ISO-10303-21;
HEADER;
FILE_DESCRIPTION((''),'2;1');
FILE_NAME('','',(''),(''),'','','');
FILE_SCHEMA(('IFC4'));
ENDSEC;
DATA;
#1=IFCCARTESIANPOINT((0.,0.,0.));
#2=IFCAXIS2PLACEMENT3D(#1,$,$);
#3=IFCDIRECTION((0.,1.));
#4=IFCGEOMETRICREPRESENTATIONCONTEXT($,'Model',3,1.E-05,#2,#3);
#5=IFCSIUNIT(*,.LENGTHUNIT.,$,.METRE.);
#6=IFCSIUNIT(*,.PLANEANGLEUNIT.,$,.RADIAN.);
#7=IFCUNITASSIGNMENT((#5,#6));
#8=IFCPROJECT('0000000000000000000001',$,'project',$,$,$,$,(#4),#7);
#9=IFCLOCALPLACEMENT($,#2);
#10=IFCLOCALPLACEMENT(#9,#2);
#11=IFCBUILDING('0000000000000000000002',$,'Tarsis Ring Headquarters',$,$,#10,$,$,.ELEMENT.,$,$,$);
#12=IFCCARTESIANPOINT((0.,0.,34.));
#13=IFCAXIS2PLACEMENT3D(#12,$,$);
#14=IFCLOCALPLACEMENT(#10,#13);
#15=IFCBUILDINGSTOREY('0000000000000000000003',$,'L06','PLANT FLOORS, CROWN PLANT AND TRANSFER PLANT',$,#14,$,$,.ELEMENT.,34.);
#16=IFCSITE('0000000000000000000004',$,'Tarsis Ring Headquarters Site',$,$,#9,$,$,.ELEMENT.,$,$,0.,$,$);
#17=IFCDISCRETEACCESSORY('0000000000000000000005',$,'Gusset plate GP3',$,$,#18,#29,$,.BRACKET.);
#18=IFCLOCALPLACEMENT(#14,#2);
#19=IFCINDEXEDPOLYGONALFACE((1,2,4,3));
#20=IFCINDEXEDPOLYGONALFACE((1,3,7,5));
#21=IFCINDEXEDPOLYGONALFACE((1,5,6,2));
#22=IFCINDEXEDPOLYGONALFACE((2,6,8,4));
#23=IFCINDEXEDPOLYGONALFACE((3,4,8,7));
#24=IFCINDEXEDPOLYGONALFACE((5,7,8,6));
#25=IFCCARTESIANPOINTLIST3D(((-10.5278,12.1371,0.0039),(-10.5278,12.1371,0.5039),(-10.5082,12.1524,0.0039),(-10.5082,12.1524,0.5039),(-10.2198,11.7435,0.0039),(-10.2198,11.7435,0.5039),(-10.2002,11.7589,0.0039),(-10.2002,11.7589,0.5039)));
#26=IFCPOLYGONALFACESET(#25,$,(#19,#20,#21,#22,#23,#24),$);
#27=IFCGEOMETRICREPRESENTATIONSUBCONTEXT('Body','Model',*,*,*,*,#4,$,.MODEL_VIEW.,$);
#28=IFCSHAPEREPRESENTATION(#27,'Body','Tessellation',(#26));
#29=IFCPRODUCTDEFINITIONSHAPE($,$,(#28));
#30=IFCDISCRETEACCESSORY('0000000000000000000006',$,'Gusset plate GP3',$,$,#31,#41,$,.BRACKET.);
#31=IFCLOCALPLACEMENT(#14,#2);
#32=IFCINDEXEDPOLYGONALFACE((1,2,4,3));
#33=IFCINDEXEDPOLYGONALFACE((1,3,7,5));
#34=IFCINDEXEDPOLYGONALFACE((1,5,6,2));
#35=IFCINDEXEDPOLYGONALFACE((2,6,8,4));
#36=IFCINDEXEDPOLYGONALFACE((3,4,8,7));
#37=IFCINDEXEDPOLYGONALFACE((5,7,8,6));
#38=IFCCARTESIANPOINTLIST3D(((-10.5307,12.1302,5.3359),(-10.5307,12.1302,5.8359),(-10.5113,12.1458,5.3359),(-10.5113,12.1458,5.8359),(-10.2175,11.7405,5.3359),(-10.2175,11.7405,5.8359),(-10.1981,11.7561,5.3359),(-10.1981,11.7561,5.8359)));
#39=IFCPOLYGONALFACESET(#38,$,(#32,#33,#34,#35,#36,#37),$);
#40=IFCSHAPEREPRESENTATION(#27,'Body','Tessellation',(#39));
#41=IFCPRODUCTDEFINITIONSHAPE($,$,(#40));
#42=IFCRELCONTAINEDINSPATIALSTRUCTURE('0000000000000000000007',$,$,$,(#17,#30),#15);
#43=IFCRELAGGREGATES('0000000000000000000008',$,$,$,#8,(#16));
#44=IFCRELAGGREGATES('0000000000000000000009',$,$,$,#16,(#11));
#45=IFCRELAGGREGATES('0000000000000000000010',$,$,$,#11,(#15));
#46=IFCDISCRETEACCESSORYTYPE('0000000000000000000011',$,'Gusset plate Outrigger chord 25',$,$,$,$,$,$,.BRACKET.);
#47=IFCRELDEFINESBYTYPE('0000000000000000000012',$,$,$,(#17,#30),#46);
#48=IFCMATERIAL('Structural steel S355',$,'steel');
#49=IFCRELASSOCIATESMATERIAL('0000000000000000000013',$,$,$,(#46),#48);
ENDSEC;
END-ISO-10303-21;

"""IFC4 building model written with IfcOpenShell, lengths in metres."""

from ifc_helpers import new_model, si_unit, direction, frame, origin, origin_2d, place, context, subcontext, project, spatial, rectangle, extrude, material, material_profile, profile_set, type_object, element, save


model = new_model("IFC4")

# Units and contexts
model_context = context("Model", 3, precision=1e-05, world=origin(), true_north=direction((0.0, 1.0)))
body_context = subcontext(model_context, "Body", "Model", "MODEL_VIEW")
ifc_project = project(units=[si_unit("LENGTHUNIT", "METRE"), si_unit("PLANEANGLEUNIT", "RADIAN")], contexts=[model_context])

# Site, building, storey
site_placement = place(None, origin())
site = spatial("IfcSite", under=ifc_project, at=site_placement, Name="Tarsis Ring Headquarters Site", CompositionType="ELEMENT", RefElevation=0.0)
building_placement = place(site_placement, origin())
building = spatial("IfcBuilding", under=site, at=building_placement, Name="Tarsis Ring Headquarters", CompositionType="ELEMENT")
storey_placement = place(building_placement, frame((0.0, 0.0, 34.0)))
storey = spatial("IfcBuildingStorey", under=building, at=storey_placement, Name="L06", Description="PLANT FLOORS, CROWN PLANT AND TRANSFER PLANT", CompositionType="ELEMENT", Elevation=34.0)

# Shared definitions
ifc_material_1 = material(Name="Structural steel S355", Category="steel")

# Discrete accessories
ifc_material_profile_1 = material_profile(ifc_material_1, rectangle(XDim=0.0249, YDim=0.5, at=origin_2d()), Name="PL 25x500")
ifc_profile_set_1 = profile_set([ifc_material_profile_1], Name="Structural steel S355")
discrete_accessory_type_1 = type_object("IfcDiscreteAccessoryType", Name="Gusset plate Outrigger chord 25", PredefinedType="BRACKET", material=ifc_profile_set_1)
discrete_accessory_1_placement = place(storey_placement, frame((-10.21, 11.7512, 0.2539), z_axis=(-0.61644, 0.787402, 0.0), x_axis=(-0.787402, -0.61644, 0.0)))
element("IfcDiscreteAccessory", 1, at=discrete_accessory_1_placement, inside=storey, type_object=discrete_accessory_type_1, Name="Gusset plate GP3", PredefinedType="BRACKET", context=body_context, shape_type="SweptSolid", body=[
    extrude(rectangle(XDim=0.0249, YDim=0.5, at=origin_2d()), origin(), (0.0, 0.0, 1.0), 0.4998),
])
discrete_accessory_2_placement = place(storey_placement, frame((-10.2078, 11.7483, 5.5859), z_axis=(-0.626539, 0.77939, 0.0), x_axis=(-0.77939, -0.626539, 0.0)))
element("IfcDiscreteAccessory", 2, at=discrete_accessory_2_placement, inside=storey, type_object=discrete_accessory_type_1, Name="Gusset plate GP3", PredefinedType="BRACKET", context=body_context, shape_type="SweptSolid", body=[
    extrude(rectangle(XDim=0.0249, YDim=0.5, at=origin_2d()), origin(), (0.0, 0.0, 1.0), 0.5),
])

save(model, "model.ifc")
